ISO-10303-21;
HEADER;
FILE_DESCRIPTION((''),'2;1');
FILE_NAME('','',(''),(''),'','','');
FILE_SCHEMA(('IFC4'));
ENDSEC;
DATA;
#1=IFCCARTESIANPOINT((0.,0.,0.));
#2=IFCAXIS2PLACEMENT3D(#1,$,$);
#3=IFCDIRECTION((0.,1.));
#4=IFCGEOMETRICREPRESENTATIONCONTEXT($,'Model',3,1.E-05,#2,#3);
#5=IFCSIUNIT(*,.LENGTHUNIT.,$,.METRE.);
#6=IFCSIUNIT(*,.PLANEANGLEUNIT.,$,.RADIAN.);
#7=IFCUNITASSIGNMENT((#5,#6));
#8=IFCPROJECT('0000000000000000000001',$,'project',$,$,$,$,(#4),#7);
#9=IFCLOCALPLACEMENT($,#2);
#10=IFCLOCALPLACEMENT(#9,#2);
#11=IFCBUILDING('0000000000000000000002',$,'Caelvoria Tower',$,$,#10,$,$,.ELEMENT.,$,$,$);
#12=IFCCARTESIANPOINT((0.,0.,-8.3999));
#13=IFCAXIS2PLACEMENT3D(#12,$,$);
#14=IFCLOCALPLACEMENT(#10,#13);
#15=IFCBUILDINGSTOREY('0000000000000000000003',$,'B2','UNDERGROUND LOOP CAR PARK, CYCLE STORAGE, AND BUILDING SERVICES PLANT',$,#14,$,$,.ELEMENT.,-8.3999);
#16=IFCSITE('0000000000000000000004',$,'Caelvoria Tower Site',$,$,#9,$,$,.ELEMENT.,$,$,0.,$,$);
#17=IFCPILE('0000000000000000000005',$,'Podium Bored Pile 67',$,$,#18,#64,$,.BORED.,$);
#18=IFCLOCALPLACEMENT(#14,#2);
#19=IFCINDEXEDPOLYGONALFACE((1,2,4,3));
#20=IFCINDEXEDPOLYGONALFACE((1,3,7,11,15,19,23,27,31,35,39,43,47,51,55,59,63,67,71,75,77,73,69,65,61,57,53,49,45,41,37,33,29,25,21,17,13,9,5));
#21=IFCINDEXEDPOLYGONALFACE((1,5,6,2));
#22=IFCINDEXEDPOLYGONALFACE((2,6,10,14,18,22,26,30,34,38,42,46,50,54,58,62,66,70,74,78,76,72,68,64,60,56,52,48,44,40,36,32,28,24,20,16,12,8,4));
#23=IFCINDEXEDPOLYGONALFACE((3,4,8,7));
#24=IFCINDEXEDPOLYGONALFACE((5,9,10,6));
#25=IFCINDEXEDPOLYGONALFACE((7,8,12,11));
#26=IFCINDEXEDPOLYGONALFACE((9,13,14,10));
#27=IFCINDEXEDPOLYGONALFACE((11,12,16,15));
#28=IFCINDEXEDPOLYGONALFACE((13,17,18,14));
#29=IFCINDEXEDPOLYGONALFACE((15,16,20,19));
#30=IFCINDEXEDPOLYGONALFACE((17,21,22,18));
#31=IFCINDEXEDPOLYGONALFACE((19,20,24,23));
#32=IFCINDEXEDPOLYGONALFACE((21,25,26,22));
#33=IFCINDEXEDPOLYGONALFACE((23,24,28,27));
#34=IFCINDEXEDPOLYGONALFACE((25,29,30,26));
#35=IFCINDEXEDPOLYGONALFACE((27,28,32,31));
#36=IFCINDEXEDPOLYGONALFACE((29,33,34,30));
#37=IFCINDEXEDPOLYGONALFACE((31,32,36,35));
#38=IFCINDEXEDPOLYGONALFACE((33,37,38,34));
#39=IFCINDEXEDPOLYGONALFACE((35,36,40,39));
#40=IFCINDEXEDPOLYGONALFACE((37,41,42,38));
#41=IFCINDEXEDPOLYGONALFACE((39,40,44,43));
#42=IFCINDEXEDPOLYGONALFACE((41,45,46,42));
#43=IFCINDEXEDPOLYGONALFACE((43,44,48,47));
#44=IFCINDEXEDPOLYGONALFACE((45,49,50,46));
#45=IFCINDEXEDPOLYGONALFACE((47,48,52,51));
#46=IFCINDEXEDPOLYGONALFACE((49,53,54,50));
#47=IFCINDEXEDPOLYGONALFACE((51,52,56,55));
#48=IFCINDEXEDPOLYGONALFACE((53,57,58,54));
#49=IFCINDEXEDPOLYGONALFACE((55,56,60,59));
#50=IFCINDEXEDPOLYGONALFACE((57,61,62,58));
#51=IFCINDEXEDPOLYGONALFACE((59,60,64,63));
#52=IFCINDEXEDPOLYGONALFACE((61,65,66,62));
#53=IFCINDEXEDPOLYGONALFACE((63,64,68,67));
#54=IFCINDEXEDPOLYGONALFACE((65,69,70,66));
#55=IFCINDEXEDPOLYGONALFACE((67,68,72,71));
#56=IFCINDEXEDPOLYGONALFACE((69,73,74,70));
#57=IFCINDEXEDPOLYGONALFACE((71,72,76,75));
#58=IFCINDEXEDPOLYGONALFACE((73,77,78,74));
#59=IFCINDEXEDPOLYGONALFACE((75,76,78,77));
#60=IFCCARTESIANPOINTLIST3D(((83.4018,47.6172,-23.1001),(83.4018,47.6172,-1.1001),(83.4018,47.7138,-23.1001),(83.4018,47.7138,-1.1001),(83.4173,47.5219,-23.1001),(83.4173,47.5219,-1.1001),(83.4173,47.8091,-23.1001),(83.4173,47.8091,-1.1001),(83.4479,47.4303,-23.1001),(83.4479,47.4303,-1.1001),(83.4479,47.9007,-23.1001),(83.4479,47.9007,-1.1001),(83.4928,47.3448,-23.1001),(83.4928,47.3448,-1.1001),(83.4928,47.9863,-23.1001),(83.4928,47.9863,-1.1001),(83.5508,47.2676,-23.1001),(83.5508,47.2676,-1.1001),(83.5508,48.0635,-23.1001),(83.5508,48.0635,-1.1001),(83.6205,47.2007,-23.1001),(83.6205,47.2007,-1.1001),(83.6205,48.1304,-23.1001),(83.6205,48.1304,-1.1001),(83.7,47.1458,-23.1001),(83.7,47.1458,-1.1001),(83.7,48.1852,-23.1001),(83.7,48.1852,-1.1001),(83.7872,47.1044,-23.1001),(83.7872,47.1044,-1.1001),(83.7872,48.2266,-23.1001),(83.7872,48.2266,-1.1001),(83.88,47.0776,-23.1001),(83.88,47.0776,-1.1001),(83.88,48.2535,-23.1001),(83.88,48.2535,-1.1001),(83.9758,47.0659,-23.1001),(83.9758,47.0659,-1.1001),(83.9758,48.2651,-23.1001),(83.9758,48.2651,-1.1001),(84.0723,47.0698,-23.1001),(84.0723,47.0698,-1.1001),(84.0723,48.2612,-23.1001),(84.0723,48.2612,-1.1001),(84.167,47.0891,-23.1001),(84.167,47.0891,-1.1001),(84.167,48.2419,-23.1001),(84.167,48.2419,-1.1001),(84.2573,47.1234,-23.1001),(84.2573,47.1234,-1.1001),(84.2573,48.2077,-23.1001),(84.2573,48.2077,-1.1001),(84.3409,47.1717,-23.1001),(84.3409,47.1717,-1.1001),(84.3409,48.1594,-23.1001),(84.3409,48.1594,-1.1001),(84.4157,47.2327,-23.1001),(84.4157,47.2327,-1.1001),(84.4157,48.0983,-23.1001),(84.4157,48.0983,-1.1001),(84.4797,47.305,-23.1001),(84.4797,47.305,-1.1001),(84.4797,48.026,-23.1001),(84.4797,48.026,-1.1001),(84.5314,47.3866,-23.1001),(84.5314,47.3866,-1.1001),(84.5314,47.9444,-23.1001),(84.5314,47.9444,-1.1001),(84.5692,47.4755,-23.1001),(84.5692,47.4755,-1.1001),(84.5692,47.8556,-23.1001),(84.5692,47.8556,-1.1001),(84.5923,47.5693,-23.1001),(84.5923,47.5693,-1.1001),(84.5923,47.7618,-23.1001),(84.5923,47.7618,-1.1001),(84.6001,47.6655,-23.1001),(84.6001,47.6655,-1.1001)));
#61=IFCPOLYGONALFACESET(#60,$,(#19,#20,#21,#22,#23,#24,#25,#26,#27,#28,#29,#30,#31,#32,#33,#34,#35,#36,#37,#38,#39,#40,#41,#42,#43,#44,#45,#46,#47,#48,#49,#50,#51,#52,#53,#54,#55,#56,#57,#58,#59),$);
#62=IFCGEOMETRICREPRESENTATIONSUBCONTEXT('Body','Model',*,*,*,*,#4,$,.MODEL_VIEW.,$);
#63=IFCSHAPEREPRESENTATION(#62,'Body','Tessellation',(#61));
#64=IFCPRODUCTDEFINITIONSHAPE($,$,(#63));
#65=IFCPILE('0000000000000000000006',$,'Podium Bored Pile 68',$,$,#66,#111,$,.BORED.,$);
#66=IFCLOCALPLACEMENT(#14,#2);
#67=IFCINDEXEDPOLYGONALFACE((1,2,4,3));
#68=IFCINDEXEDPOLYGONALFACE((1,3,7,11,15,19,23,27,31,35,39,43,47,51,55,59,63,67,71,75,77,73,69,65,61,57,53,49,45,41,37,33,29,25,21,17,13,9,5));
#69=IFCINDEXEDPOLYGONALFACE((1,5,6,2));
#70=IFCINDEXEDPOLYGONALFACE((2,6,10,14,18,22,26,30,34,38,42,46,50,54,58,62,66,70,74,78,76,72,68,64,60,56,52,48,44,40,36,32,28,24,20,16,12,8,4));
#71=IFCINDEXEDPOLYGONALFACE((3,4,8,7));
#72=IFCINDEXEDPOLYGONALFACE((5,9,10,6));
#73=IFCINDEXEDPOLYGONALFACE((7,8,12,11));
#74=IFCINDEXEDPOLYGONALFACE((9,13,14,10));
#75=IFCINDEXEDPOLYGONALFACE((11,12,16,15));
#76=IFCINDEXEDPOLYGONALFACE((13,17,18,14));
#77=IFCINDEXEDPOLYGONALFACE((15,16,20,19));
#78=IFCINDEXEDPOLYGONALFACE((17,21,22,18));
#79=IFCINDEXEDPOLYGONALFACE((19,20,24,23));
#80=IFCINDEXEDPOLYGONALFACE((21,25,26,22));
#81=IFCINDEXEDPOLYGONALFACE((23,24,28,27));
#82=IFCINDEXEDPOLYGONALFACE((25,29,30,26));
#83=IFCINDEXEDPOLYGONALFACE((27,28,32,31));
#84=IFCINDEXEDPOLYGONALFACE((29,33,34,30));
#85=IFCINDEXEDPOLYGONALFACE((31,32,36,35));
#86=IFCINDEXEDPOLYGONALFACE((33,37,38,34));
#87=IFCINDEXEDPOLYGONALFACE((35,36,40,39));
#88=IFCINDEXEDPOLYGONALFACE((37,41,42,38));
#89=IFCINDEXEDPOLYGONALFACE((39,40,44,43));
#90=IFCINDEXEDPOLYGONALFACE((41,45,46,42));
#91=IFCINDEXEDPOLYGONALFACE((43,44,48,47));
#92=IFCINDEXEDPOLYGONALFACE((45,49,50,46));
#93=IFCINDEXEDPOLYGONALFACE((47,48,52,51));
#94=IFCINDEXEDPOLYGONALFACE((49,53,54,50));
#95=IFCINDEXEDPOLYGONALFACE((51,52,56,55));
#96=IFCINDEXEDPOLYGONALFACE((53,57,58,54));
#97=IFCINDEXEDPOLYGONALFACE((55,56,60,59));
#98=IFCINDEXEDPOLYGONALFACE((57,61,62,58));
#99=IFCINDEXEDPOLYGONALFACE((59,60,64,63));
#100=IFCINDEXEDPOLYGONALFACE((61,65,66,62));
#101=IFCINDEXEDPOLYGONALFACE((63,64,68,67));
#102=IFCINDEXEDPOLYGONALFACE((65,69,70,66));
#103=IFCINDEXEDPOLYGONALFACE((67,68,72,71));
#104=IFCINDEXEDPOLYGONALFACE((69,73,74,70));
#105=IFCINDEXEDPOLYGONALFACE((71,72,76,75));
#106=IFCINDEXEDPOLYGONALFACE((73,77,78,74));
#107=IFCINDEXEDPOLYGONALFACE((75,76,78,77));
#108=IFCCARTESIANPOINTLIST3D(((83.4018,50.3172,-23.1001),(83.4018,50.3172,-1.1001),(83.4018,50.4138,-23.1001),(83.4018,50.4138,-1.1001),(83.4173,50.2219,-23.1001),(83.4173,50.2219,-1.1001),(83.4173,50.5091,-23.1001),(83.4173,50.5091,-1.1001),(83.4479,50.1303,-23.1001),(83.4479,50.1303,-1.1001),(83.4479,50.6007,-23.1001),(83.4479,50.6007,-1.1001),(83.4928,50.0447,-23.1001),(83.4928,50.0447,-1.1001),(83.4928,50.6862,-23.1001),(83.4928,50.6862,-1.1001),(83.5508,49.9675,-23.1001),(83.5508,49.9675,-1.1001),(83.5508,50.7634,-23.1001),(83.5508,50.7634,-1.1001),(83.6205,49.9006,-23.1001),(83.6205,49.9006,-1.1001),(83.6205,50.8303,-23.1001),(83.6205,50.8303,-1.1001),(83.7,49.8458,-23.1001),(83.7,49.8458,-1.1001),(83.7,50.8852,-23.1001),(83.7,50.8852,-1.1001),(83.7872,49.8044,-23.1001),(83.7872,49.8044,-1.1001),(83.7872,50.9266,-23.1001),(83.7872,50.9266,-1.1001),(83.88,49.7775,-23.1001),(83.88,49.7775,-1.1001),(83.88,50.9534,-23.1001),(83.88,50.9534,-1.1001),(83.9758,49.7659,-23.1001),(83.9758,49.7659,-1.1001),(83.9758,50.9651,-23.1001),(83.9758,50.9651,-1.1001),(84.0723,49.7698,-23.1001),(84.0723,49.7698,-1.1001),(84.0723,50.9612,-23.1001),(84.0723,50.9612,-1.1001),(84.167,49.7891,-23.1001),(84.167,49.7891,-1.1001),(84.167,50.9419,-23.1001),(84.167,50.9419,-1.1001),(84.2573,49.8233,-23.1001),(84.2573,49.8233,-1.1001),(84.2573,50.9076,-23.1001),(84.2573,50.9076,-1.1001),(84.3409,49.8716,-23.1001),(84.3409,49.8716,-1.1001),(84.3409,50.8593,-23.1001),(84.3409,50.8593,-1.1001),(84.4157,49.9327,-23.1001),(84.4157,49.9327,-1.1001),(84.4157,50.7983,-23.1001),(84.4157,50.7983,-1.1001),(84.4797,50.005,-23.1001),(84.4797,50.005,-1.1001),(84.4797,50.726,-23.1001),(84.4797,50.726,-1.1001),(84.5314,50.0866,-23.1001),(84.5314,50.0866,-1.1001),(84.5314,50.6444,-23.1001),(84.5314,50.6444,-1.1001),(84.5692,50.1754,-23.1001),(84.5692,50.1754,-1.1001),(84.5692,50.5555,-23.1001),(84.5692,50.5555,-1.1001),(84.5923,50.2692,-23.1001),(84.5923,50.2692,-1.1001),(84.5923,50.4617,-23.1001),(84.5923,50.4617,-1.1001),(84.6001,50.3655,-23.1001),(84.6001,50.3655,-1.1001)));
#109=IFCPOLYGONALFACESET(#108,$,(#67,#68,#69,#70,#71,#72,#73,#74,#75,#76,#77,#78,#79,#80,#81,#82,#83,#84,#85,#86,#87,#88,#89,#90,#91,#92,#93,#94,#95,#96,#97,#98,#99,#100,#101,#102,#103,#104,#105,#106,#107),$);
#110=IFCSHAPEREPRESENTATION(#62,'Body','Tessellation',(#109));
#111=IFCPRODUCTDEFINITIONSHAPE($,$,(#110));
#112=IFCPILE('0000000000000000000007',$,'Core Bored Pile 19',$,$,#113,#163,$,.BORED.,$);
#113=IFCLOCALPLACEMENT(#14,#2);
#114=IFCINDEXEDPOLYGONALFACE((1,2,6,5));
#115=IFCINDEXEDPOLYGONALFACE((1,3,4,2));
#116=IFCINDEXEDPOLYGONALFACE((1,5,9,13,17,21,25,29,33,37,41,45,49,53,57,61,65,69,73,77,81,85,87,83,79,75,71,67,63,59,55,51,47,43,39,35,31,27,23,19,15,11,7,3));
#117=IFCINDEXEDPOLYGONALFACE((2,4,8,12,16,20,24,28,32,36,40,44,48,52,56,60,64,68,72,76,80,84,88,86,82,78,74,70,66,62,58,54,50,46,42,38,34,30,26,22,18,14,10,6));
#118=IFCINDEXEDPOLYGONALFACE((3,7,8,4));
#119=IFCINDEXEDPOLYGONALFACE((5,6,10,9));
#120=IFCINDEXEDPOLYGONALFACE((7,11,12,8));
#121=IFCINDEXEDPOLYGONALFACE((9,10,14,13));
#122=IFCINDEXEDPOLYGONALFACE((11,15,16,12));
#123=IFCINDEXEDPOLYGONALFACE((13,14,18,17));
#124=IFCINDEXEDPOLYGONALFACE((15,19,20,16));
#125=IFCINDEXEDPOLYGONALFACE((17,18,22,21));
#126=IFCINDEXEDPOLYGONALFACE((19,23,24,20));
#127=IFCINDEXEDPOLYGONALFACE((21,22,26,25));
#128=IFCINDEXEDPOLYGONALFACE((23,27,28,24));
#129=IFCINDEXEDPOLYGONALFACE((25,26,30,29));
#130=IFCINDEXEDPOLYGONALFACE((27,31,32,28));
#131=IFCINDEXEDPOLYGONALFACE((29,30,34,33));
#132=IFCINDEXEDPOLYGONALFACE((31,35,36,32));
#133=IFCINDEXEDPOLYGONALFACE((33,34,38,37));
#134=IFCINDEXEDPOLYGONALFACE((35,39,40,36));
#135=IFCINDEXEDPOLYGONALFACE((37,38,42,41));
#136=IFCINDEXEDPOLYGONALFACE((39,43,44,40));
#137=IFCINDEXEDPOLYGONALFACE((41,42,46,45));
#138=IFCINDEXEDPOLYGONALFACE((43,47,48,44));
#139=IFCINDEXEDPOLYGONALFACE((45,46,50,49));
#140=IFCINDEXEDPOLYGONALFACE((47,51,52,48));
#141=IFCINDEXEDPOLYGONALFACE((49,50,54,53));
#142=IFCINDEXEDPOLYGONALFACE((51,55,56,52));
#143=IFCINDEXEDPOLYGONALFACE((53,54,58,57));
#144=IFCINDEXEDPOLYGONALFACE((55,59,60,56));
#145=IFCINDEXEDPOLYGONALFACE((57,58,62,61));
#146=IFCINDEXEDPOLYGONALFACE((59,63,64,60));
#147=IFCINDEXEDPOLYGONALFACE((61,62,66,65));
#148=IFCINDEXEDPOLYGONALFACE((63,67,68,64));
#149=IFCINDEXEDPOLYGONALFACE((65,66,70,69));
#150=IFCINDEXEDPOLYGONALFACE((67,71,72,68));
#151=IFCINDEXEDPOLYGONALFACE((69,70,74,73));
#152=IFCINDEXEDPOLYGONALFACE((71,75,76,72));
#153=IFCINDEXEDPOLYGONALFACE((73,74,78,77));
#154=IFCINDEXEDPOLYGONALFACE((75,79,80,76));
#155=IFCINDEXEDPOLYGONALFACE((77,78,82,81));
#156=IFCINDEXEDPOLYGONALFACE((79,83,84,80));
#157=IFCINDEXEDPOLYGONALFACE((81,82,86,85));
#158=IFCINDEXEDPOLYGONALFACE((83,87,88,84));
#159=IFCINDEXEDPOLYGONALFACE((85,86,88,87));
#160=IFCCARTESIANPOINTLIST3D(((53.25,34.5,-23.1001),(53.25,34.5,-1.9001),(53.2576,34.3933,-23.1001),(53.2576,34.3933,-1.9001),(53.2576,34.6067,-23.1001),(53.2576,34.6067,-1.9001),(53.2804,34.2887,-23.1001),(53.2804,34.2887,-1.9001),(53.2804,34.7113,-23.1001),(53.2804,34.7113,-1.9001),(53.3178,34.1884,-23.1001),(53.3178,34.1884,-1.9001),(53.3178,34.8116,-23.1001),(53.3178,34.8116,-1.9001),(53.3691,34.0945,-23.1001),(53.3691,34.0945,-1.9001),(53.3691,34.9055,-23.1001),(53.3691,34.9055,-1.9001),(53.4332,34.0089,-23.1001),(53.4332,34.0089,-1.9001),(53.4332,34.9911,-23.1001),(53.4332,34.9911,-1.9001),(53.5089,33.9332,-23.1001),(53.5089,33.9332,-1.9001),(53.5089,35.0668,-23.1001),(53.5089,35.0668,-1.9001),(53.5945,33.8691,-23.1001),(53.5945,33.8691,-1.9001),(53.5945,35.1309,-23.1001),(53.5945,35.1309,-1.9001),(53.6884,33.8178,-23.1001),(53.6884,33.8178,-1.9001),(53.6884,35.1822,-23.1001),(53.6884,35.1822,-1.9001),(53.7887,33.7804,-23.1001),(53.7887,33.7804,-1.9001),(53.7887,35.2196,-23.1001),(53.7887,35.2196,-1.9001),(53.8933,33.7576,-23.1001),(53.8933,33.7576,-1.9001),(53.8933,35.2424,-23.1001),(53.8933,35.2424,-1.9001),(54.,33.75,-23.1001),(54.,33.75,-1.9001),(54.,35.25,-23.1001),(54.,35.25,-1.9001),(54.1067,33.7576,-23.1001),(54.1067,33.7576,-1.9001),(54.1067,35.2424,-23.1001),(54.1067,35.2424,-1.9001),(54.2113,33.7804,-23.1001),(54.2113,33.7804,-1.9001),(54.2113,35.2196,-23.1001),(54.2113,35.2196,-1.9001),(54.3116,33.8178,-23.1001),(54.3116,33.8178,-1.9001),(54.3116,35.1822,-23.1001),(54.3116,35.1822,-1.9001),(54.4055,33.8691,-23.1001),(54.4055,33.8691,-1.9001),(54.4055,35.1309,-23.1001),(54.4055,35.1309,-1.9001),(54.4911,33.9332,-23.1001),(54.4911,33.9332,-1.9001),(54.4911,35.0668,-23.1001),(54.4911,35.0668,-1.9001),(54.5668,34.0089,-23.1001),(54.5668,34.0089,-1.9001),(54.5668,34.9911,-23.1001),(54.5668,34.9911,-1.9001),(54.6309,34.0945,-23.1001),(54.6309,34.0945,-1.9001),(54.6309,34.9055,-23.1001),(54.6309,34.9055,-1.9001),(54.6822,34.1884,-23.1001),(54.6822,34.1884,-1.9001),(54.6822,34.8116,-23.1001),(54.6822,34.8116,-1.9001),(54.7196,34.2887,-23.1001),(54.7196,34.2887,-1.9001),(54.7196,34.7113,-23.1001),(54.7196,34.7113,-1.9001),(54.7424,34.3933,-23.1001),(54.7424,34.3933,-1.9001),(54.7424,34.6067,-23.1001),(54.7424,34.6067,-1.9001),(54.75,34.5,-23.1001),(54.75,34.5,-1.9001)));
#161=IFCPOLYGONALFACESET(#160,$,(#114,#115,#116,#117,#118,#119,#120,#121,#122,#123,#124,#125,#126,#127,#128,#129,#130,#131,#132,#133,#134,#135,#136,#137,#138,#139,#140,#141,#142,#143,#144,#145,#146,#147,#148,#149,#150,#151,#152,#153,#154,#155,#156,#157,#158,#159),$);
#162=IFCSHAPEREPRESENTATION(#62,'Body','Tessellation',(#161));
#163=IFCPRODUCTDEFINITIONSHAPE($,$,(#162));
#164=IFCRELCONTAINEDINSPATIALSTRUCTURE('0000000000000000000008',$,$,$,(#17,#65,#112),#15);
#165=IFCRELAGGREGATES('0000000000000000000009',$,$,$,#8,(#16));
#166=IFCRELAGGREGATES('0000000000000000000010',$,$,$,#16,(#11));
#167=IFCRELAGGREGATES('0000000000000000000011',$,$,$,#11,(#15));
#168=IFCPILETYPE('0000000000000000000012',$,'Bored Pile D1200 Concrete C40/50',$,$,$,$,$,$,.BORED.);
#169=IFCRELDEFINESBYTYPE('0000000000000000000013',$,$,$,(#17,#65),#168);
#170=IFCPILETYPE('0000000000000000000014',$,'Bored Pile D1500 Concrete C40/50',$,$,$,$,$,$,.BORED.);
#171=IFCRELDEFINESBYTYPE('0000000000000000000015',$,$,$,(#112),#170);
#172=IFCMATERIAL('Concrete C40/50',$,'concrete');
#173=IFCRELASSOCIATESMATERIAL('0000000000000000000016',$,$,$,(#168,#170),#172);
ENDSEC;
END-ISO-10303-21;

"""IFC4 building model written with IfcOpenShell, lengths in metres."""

from ifc_helpers import new_model, si_unit, direction, frame, origin, origin_2d, place, context, subcontext, project, spatial, circle, extrude, material, material_profile, profile_set, type_object, element, save


model = new_model("IFC4")

# Units and contexts
model_context = context("Model", 3, precision=1e-05, world=origin(), true_north=direction((0.0, 1.0)))
body_context = subcontext(model_context, "Body", "Model", "MODEL_VIEW")
ifc_project = project(units=[si_unit("LENGTHUNIT", "METRE"), si_unit("PLANEANGLEUNIT", "RADIAN")], contexts=[model_context])

# Site, building, storey
site_placement = place(None, origin())
site = spatial("IfcSite", under=ifc_project, at=site_placement, Name="Caelvoria Tower Site", CompositionType="ELEMENT", RefElevation=0.0)
building_placement = place(site_placement, origin())
building = spatial("IfcBuilding", under=site, at=building_placement, Name="Caelvoria Tower", CompositionType="ELEMENT")
storey_placement = place(building_placement, frame((0.0, 0.0, -8.3999)))
storey = spatial("IfcBuildingStorey", under=building, at=storey_placement, Name="B2", Description="UNDERGROUND LOOP CAR PARK, CYCLE STORAGE, AND BUILDING SERVICES PLANT", CompositionType="ELEMENT", Elevation=-8.3999)

# Piles
ifc_material_1 = material(Name="Concrete C40/50", Category="concrete")
ifc_material_profile_1 = material_profile(ifc_material_1, circle(Radius=0.6001, at=origin_2d()), Name="Concrete C40/50")
ifc_profile_set_1 = profile_set([ifc_material_profile_1], Name="PILE_D1200 - Concrete C40/50")
pile_type_1 = type_object("IfcPileType", Name="Bored Pile D1200 Concrete C40/50", PredefinedType="BORED", material=ifc_profile_set_1)
for number, where, z_axis, x_axis, name in (
    (1, (84.0, 47.6655, -1.1001), (0.0, 0.0, -1.0), (1.0, 0.0, 0.0), "Podium Bored Pile 67"),
    (2, (84.0, 50.3655, -1.1001), (0.0, 0.0, -1.0), (1.0, 0.0, 0.0), "Podium Bored Pile 68"),
):
    element("IfcPile", number, at=place(storey_placement, frame(where, z_axis=z_axis, x_axis=x_axis)), inside=storey, type_object=pile_type_1, Name=name, PredefinedType="BORED", context=body_context, shape_type="SweptSolid", body=[
        extrude(circle(Radius=0.6001, at=origin_2d()), origin(), (0.0, 0.0, 1.0), 22.0),
    ])
ifc_material_profile_2 = material_profile(ifc_material_1, circle(Radius=0.75, at=origin_2d()), Name="Concrete C40/50")
ifc_profile_set_2 = profile_set([ifc_material_profile_2], Name="PILE_D1500 - Concrete C40/50")
pile_type_2 = type_object("IfcPileType", Name="Bored Pile D1500 Concrete C40/50", PredefinedType="BORED", material=ifc_profile_set_2)
for number, where, z_axis, x_axis, name in (
    (3, (54.0, 34.5, -1.9001), (0.0, 0.0, -1.0), (1.0, 0.0, 0.0), "Core Bored Pile 19"),
):
    element("IfcPile", number, at=place(storey_placement, frame(where, z_axis=z_axis, x_axis=x_axis)), inside=storey, type_object=pile_type_2, Name=name, PredefinedType="BORED", context=body_context, shape_type="SweptSolid", body=[
        extrude(circle(Radius=0.75, at=origin_2d()), origin(), (0.0, 0.0, 1.0), 21.2),
    ])

save(model, "model.ifc")
